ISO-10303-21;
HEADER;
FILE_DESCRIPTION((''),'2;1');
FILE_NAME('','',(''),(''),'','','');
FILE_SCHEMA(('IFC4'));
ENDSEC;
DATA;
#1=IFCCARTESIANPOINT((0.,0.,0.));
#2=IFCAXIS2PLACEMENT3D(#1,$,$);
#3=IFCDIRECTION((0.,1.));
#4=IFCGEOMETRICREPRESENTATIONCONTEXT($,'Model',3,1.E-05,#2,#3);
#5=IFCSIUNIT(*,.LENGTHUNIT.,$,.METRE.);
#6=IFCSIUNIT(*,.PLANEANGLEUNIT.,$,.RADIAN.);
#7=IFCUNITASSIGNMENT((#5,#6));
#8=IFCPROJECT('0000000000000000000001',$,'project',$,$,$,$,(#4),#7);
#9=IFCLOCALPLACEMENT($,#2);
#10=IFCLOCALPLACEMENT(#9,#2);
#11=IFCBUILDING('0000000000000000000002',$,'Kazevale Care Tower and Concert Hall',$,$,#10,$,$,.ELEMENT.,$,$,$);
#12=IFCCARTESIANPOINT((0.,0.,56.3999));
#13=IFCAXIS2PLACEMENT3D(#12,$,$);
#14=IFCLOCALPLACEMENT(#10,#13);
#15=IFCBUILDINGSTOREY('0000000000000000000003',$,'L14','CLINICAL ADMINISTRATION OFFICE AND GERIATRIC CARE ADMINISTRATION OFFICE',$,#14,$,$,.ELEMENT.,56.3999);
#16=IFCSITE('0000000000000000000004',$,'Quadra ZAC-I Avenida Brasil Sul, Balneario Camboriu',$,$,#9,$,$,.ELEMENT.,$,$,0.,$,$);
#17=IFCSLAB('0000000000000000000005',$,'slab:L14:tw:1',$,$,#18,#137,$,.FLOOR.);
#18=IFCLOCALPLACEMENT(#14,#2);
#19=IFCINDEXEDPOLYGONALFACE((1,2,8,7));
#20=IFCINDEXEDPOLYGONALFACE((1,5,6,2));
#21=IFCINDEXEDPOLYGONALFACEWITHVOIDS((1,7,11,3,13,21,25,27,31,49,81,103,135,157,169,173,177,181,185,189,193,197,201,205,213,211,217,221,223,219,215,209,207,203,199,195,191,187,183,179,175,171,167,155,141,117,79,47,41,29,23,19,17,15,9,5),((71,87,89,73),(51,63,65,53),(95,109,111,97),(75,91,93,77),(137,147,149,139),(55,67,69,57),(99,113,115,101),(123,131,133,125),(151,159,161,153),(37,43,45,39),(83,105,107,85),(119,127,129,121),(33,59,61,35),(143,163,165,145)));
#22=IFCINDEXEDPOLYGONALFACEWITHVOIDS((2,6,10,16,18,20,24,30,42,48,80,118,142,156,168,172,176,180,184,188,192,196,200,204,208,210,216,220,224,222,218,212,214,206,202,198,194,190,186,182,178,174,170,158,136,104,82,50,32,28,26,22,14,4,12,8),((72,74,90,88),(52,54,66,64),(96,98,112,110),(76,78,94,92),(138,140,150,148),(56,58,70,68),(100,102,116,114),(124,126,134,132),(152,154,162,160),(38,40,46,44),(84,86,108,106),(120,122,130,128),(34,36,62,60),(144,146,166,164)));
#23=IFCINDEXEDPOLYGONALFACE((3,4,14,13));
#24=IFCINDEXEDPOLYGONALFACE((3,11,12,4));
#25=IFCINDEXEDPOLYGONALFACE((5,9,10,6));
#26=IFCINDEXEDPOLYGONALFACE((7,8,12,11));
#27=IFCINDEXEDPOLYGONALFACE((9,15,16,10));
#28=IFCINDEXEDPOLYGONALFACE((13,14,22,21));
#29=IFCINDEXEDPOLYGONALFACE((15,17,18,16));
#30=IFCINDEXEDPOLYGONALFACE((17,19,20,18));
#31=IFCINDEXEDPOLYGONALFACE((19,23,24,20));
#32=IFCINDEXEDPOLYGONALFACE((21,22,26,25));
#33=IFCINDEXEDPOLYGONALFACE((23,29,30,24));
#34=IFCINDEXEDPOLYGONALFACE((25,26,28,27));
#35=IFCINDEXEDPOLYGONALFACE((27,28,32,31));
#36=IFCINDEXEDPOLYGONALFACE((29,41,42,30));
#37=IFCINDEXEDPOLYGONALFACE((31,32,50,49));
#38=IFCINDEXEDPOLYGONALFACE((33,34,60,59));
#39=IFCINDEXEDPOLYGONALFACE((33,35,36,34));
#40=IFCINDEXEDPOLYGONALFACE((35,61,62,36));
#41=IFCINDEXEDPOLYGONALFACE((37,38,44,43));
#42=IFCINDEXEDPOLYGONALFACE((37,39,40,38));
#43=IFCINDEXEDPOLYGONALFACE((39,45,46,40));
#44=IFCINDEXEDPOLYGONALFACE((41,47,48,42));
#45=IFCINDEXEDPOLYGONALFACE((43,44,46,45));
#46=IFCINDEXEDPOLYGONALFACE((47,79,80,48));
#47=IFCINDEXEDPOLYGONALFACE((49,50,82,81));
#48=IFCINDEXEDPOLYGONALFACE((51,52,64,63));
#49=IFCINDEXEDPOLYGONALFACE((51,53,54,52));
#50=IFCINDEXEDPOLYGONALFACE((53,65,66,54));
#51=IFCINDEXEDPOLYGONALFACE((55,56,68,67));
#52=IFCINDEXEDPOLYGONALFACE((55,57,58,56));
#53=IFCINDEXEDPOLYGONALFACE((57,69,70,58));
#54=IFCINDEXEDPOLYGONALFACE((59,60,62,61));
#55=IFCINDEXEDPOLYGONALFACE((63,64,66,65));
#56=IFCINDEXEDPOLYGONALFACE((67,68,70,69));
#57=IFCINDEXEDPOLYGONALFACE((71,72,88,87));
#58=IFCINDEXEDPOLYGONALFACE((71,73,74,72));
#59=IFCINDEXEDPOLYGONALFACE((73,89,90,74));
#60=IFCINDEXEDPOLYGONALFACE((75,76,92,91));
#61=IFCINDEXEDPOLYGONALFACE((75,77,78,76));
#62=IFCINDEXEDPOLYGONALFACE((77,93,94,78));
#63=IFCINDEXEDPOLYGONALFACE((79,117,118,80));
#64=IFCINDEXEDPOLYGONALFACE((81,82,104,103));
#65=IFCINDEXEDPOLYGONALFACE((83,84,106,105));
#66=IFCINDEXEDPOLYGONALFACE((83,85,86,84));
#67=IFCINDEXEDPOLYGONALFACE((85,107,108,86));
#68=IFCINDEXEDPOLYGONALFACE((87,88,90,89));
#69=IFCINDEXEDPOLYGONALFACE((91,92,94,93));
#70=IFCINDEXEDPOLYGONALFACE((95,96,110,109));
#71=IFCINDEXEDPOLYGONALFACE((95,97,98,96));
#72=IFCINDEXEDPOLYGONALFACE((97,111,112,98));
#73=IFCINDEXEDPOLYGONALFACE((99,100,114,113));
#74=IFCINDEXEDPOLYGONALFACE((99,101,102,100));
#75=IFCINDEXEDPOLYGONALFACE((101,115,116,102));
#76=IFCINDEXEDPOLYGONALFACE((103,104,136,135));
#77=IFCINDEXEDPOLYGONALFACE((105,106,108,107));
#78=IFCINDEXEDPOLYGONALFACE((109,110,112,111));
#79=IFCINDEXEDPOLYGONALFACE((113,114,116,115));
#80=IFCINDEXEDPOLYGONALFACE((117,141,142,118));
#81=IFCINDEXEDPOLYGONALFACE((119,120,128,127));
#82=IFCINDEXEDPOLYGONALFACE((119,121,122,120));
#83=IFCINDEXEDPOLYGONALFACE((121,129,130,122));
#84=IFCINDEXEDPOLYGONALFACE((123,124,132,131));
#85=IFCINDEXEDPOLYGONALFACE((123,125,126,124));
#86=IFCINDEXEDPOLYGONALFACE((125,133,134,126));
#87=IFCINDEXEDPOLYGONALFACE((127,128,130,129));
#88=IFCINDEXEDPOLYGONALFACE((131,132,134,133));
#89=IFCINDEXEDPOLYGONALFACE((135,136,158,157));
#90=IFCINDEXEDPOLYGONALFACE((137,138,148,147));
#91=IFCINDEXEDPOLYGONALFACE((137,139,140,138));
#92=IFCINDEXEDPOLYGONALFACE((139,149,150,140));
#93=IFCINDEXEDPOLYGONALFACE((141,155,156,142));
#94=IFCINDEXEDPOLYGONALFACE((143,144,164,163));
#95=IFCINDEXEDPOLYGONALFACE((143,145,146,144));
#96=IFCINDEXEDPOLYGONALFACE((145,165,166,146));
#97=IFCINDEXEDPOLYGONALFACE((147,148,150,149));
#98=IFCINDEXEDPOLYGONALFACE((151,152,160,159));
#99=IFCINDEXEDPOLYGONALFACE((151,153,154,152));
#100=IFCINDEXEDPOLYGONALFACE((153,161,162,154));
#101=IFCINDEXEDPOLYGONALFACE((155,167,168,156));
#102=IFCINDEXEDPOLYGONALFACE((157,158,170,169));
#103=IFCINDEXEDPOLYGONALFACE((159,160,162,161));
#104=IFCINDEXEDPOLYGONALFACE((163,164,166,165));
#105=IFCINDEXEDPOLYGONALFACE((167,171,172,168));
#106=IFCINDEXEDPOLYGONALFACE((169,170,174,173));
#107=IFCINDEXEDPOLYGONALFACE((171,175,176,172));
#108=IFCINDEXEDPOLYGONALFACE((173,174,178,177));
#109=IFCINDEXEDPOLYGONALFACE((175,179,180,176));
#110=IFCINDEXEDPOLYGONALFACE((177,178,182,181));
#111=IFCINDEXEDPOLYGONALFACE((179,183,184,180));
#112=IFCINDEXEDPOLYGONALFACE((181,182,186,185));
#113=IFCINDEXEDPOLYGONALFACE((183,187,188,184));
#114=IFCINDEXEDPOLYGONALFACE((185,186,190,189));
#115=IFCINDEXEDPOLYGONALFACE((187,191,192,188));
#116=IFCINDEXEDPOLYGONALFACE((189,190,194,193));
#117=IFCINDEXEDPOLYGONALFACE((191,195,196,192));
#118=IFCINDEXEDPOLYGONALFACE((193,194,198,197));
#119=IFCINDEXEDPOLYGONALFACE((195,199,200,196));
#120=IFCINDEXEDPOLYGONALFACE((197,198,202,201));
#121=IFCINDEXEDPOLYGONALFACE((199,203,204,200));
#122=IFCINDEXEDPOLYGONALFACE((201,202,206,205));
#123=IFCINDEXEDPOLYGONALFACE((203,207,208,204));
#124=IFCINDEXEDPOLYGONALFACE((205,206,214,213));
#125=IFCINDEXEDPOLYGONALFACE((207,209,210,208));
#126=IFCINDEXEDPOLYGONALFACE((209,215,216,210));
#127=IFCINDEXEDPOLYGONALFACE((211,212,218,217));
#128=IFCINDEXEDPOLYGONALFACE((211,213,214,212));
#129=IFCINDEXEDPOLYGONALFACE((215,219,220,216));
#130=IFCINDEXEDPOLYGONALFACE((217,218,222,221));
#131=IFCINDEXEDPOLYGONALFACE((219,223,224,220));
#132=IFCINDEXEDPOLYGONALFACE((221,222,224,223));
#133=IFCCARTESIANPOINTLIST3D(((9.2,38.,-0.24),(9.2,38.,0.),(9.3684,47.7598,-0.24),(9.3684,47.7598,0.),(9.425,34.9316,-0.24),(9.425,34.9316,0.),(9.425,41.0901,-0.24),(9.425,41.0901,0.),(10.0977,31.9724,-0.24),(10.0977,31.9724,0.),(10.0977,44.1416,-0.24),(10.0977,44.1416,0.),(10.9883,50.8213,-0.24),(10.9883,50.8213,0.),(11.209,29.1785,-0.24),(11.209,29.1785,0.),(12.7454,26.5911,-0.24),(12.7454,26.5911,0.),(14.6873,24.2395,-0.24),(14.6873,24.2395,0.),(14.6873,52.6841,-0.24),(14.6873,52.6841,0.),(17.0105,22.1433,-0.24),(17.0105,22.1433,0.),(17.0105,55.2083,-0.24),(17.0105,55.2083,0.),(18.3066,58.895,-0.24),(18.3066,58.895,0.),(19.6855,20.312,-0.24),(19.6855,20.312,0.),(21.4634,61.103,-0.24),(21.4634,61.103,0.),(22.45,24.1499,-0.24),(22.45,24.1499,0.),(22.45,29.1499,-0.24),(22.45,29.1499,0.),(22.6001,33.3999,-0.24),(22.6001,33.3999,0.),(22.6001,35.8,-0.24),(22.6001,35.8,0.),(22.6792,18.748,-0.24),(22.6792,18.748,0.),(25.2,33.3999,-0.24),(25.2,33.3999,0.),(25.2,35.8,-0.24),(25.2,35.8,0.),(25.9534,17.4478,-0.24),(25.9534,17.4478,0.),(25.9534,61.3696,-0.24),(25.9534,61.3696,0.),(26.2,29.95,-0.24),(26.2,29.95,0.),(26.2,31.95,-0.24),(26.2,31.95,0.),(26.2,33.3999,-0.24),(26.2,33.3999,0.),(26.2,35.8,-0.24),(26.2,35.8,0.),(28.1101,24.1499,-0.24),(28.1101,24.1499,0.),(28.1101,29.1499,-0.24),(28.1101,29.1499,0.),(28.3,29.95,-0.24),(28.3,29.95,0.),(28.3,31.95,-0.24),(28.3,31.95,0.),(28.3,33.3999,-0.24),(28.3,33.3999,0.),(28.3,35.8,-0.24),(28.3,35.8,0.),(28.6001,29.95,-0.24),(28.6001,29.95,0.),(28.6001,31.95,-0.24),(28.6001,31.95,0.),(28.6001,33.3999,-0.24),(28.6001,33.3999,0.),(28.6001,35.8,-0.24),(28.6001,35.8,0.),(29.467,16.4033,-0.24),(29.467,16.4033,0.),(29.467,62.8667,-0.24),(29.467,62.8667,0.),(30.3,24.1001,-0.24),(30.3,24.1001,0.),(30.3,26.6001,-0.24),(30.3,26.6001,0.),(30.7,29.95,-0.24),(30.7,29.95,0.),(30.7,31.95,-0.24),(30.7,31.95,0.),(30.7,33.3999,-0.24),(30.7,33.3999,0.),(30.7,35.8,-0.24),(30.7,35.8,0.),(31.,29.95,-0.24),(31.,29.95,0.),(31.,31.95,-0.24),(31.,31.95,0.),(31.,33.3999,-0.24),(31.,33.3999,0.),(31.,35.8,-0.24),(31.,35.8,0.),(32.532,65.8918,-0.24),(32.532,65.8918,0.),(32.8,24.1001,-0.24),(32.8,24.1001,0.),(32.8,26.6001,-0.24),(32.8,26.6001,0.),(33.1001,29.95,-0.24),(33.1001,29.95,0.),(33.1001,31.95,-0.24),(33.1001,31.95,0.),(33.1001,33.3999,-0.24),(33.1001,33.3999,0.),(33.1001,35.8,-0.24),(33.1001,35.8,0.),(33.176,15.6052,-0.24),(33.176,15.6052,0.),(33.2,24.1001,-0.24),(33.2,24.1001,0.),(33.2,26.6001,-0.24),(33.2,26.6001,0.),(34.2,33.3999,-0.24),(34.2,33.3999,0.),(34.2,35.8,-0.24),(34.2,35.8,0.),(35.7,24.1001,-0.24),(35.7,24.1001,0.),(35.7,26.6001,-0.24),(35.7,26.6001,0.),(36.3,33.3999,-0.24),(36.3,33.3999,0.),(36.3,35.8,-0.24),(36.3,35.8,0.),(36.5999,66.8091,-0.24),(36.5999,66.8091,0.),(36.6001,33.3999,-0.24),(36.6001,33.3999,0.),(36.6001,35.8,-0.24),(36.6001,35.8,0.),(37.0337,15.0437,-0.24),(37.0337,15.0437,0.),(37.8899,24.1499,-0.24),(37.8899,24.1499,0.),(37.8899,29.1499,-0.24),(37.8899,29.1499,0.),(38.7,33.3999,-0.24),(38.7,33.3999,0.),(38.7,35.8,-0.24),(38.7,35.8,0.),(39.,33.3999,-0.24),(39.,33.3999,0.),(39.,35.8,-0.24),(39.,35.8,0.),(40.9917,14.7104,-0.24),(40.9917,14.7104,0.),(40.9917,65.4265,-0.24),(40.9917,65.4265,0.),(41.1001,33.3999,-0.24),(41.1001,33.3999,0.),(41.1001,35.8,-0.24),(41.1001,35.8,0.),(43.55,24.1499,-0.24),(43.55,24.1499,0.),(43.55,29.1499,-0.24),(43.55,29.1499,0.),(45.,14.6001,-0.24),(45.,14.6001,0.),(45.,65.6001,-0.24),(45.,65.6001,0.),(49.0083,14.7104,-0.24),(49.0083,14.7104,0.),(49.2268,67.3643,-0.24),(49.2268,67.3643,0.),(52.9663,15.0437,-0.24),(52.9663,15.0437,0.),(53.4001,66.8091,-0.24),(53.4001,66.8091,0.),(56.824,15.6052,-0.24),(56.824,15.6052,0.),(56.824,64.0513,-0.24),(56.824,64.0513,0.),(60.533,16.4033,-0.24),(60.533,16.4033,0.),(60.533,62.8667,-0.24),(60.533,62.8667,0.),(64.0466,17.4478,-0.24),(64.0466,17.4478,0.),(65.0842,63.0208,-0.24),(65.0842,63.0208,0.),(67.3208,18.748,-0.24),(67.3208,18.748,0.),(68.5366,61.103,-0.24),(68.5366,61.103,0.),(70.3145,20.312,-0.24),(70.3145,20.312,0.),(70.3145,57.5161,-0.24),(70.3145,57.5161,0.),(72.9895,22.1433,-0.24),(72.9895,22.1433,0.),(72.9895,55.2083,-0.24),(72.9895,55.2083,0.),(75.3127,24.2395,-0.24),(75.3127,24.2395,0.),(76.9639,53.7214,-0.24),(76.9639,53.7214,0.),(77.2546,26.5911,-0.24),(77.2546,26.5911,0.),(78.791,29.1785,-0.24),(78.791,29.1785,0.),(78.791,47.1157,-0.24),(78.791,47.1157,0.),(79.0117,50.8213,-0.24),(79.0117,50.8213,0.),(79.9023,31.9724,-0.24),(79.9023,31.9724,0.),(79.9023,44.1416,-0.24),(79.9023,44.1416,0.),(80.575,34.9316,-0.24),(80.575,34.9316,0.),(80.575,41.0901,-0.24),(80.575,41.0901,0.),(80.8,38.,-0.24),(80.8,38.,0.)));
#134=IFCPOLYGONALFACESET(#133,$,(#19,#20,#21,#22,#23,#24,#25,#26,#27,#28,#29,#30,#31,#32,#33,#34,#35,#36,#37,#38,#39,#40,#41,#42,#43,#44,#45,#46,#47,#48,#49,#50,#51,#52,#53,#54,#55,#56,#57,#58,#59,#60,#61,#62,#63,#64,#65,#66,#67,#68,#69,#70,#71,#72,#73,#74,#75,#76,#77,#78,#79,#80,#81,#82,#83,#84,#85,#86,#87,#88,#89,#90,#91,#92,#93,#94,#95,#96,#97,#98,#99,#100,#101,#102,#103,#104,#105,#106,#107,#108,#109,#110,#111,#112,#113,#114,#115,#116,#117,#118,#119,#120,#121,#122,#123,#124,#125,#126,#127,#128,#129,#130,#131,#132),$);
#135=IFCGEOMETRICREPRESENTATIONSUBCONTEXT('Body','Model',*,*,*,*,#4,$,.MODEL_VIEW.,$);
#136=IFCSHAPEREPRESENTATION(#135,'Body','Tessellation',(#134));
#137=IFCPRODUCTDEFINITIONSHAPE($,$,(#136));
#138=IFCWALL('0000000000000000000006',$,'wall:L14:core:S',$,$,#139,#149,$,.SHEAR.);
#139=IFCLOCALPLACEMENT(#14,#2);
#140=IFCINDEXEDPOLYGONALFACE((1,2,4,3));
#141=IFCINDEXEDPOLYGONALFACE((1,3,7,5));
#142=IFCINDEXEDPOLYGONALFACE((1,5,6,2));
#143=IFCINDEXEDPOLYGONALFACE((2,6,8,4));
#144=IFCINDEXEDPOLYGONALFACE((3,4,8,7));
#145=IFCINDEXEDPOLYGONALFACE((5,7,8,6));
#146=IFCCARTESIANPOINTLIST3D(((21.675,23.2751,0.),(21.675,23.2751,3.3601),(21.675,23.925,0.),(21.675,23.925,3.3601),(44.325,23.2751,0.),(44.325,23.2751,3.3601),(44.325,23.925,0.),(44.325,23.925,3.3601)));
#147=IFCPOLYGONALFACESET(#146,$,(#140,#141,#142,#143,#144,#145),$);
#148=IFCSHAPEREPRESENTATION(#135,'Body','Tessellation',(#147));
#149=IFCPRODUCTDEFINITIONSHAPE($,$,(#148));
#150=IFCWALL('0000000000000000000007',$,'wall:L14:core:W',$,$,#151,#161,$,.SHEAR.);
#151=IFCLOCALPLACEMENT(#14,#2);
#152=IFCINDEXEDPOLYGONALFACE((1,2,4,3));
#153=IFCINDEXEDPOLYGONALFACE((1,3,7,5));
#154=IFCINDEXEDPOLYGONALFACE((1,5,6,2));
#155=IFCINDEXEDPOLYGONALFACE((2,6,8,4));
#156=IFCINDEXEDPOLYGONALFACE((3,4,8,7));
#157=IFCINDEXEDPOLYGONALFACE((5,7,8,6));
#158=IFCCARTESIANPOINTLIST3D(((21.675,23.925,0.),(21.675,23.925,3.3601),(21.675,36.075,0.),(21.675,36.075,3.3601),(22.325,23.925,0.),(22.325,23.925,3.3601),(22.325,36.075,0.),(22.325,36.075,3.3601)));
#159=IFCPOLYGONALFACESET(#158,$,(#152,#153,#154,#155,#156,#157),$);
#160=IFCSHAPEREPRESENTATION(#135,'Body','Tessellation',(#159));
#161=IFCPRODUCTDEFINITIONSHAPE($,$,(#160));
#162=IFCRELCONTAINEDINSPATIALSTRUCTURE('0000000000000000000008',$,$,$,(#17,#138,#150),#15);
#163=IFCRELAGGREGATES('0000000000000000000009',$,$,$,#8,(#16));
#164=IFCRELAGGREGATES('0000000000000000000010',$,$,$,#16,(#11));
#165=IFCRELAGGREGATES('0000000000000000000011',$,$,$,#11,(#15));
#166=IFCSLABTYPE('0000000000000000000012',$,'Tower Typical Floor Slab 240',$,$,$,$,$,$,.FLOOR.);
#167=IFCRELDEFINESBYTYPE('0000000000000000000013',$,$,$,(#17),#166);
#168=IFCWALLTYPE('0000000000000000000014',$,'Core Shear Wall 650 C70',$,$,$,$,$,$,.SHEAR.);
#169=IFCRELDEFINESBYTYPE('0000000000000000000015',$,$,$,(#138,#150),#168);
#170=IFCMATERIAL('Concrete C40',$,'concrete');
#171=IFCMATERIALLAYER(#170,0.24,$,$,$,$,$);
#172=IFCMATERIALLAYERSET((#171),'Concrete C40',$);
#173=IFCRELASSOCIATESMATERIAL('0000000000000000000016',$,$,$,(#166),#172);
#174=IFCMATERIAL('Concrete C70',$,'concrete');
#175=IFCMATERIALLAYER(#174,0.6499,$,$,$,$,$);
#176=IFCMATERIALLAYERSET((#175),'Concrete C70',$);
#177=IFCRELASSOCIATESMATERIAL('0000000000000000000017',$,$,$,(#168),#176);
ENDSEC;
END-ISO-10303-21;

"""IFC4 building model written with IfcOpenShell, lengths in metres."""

from ifc_helpers import new_model, si_unit, direction, frame, frame_2d, origin, place, context, subcontext, project, spatial, polyline, rectangle, outline, extrude, material, layer, layer_set, type_object, element, save


model = new_model("IFC4")

# Units and contexts
model_context = context("Model", 3, precision=1e-05, world=origin(), true_north=direction((0.0, 1.0)))
body_context = subcontext(model_context, "Body", "Model", "MODEL_VIEW")
ifc_project = project(units=[si_unit("LENGTHUNIT", "METRE"), si_unit("PLANEANGLEUNIT", "RADIAN")], contexts=[model_context])

# Site, building, storey
site_placement = place(None, origin())
site = spatial("IfcSite", under=ifc_project, at=site_placement, Name="Quadra ZAC-I Avenida Brasil Sul, Balneario Camboriu", CompositionType="ELEMENT", RefElevation=0.0)
building_placement = place(site_placement, origin())
building = spatial("IfcBuilding", under=site, at=building_placement, Name="Kazevale Care Tower and Concert Hall", CompositionType="ELEMENT")
storey_placement = place(building_placement, frame((0.0, 0.0, 56.3999)))
storey = spatial("IfcBuildingStorey", under=building, at=storey_placement, Name="L14", Description="CLINICAL ADMINISTRATION OFFICE AND GERIATRIC CARE ADMINISTRATION OFFICE", CompositionType="ELEMENT", Elevation=56.3999)

# Shared definitions
ifc_material_1 = material(Name="Concrete C70", Category="concrete")

# Shared definitions
ifc_material_2 = material(Name="Concrete C40", Category="concrete")

# Slab
ifc_layer_1 = layer(ifc_material_2, 0.24)
ifc_layer_set_1 = layer_set([ifc_layer_1], Name="Concrete C40")
slab_type_1 = type_object("IfcSlabType", Name="Tower Typical Floor Slab 240", PredefinedType="FLOOR", material=ifc_layer_set_1)
slab_1_placement = place(storey_placement, frame((0.0, 0.0, -0.24)))
element("IfcSlab", 1, at=slab_1_placement, inside=storey, type_object=slab_type_1, Name="slab:L14:tw:1", PredefinedType="FLOOR", context=body_context, shape_type="SweptSolid", body=[
    extrude(outline(polyline([(80.8, 38.0), (80.575, 41.0901), (79.9023, 44.1416), (78.791, 47.1157), (79.0117, 50.8213), (76.9639, 53.7214), (72.9895, 55.2083), (70.3145, 57.5161), (68.5366, 61.103), (65.0842, 63.0208), (60.533, 62.8667), (56.824, 64.0513), (53.4001, 66.8091), (49.2268, 67.3643), (45.0, 65.6001), (40.9917, 65.4265), (36.5999, 66.8091), (32.532, 65.8918), (29.467, 62.8667), (25.9534, 61.3696), (21.4634, 61.103), (18.3066, 58.895), (17.0105, 55.2083), (14.6873, 52.6841), (10.9883, 50.8213), (9.3684, 47.7598), (10.0977, 44.1416), (9.425, 41.0901), (9.2, 38.0), (9.425, 34.9316), (10.0977, 31.9724), (11.209, 29.1785), (12.7454, 26.5911), (14.6873, 24.2395), (17.0105, 22.1433), (19.6855, 20.312), (22.6792, 18.748), (25.9534, 17.4478), (29.467, 16.4033), (33.176, 15.6052), (37.0337, 15.0437), (40.9917, 14.7104), (45.0, 14.6001), (49.0083, 14.7104), (52.9663, 15.0437), (56.824, 15.6052), (60.533, 16.4033), (64.0466, 17.4478), (67.3208, 18.748), (70.3145, 20.312), (72.9895, 22.1433), (75.3127, 24.2395), (77.2546, 26.5911), (78.791, 29.1785), (79.9023, 31.9724), (80.575, 34.9316), (80.8, 38.0)]), holes=[polyline([(22.45, 24.1499), (28.1101, 24.1499), (28.1101, 29.1499), (22.45, 29.1499), (22.45, 24.1499)]), polyline([(37.8899, 24.1499), (43.55, 24.1499), (43.55, 29.1499), (37.8899, 29.1499), (37.8899, 24.1499)]), polyline([(30.3, 24.1001), (32.8, 24.1001), (32.8, 26.6001), (30.3, 26.6001), (30.3, 24.1001)]), polyline([(33.2, 24.1001), (35.7, 24.1001), (35.7, 26.6001), (33.2, 26.6001), (33.2, 24.1001)]), polyline([(22.6001, 33.3999), (25.2, 33.3999), (25.2, 35.8), (22.6001, 35.8), (22.6001, 33.3999)]), polyline([(26.2, 33.3999), (28.3, 33.3999), (28.3, 35.8), (26.2, 35.8), (26.2, 33.3999)]), polyline([(28.6001, 33.3999), (30.7, 33.3999), (30.7, 35.8), (28.6001, 35.8), (28.6001, 33.3999)]), polyline([(31.0, 33.3999), (33.1001, 33.3999), (33.1001, 35.8), (31.0, 35.8), (31.0, 33.3999)]), polyline([(34.2, 33.3999), (36.3, 33.3999), (36.3, 35.8), (34.2, 35.8), (34.2, 33.3999)]), polyline([(36.6001, 33.3999), (38.7, 33.3999), (38.7, 35.8), (36.6001, 35.8), (36.6001, 33.3999)]), polyline([(39.0, 33.3999), (41.1001, 33.3999), (41.1001, 35.8), (39.0, 35.8), (39.0, 33.3999)]), polyline([(26.2, 29.95), (28.3, 29.95), (28.3, 31.95), (26.2, 31.95), (26.2, 29.95)]), polyline([(28.6001, 29.95), (30.7, 29.95), (30.7, 31.95), (28.6001, 31.95), (28.6001, 29.95)]), polyline([(31.0, 29.95), (33.1001, 29.95), (33.1001, 31.95), (31.0, 31.95), (31.0, 29.95)])]), origin(), (0.0, 0.0, 1.0), 0.24),
])

# Walls
ifc_layer_2 = layer(ifc_material_1, 0.6499)
ifc_layer_set_2 = layer_set([ifc_layer_2], Name="Concrete C70")
wall_type_1 = type_object("IfcWallType", Name="Core Shear Wall 650 C70", PredefinedType="SHEAR", material=ifc_layer_set_2)
wall_1_placement = place(storey_placement, frame((21.675, 23.6001, 0.0), z_axis=(0.0, 0.0, 1.0), x_axis=(1.0, 0.0, 0.0)))
element("IfcWall", 2, at=wall_1_placement, inside=storey, type_object=wall_type_1, Name="wall:L14:core:S", PredefinedType="SHEAR", context=body_context, shape_type="SweptSolid", body=[
    extrude(rectangle(XDim=22.6499, YDim=0.6499, at=frame_2d((11.325, 0.0))), origin(), (0.0, 0.0, 1.0), 3.3601),
])
wall_2_placement = place(storey_placement, frame((22.0, 23.925, 0.0), z_axis=(0.0, 0.0, 1.0), x_axis=(0.0, 1.0, 0.0)))
element("IfcWall", 3, at=wall_2_placement, inside=storey, type_object=wall_type_1, Name="wall:L14:core:W", PredefinedType="SHEAR", context=body_context, shape_type="SweptSolid", body=[
    extrude(rectangle(XDim=12.1499, YDim=0.6499, at=frame_2d((6.075, 0.0))), origin(), (0.0, 0.0, 1.0), 3.3601),
])

save(model, "model.ifc")
